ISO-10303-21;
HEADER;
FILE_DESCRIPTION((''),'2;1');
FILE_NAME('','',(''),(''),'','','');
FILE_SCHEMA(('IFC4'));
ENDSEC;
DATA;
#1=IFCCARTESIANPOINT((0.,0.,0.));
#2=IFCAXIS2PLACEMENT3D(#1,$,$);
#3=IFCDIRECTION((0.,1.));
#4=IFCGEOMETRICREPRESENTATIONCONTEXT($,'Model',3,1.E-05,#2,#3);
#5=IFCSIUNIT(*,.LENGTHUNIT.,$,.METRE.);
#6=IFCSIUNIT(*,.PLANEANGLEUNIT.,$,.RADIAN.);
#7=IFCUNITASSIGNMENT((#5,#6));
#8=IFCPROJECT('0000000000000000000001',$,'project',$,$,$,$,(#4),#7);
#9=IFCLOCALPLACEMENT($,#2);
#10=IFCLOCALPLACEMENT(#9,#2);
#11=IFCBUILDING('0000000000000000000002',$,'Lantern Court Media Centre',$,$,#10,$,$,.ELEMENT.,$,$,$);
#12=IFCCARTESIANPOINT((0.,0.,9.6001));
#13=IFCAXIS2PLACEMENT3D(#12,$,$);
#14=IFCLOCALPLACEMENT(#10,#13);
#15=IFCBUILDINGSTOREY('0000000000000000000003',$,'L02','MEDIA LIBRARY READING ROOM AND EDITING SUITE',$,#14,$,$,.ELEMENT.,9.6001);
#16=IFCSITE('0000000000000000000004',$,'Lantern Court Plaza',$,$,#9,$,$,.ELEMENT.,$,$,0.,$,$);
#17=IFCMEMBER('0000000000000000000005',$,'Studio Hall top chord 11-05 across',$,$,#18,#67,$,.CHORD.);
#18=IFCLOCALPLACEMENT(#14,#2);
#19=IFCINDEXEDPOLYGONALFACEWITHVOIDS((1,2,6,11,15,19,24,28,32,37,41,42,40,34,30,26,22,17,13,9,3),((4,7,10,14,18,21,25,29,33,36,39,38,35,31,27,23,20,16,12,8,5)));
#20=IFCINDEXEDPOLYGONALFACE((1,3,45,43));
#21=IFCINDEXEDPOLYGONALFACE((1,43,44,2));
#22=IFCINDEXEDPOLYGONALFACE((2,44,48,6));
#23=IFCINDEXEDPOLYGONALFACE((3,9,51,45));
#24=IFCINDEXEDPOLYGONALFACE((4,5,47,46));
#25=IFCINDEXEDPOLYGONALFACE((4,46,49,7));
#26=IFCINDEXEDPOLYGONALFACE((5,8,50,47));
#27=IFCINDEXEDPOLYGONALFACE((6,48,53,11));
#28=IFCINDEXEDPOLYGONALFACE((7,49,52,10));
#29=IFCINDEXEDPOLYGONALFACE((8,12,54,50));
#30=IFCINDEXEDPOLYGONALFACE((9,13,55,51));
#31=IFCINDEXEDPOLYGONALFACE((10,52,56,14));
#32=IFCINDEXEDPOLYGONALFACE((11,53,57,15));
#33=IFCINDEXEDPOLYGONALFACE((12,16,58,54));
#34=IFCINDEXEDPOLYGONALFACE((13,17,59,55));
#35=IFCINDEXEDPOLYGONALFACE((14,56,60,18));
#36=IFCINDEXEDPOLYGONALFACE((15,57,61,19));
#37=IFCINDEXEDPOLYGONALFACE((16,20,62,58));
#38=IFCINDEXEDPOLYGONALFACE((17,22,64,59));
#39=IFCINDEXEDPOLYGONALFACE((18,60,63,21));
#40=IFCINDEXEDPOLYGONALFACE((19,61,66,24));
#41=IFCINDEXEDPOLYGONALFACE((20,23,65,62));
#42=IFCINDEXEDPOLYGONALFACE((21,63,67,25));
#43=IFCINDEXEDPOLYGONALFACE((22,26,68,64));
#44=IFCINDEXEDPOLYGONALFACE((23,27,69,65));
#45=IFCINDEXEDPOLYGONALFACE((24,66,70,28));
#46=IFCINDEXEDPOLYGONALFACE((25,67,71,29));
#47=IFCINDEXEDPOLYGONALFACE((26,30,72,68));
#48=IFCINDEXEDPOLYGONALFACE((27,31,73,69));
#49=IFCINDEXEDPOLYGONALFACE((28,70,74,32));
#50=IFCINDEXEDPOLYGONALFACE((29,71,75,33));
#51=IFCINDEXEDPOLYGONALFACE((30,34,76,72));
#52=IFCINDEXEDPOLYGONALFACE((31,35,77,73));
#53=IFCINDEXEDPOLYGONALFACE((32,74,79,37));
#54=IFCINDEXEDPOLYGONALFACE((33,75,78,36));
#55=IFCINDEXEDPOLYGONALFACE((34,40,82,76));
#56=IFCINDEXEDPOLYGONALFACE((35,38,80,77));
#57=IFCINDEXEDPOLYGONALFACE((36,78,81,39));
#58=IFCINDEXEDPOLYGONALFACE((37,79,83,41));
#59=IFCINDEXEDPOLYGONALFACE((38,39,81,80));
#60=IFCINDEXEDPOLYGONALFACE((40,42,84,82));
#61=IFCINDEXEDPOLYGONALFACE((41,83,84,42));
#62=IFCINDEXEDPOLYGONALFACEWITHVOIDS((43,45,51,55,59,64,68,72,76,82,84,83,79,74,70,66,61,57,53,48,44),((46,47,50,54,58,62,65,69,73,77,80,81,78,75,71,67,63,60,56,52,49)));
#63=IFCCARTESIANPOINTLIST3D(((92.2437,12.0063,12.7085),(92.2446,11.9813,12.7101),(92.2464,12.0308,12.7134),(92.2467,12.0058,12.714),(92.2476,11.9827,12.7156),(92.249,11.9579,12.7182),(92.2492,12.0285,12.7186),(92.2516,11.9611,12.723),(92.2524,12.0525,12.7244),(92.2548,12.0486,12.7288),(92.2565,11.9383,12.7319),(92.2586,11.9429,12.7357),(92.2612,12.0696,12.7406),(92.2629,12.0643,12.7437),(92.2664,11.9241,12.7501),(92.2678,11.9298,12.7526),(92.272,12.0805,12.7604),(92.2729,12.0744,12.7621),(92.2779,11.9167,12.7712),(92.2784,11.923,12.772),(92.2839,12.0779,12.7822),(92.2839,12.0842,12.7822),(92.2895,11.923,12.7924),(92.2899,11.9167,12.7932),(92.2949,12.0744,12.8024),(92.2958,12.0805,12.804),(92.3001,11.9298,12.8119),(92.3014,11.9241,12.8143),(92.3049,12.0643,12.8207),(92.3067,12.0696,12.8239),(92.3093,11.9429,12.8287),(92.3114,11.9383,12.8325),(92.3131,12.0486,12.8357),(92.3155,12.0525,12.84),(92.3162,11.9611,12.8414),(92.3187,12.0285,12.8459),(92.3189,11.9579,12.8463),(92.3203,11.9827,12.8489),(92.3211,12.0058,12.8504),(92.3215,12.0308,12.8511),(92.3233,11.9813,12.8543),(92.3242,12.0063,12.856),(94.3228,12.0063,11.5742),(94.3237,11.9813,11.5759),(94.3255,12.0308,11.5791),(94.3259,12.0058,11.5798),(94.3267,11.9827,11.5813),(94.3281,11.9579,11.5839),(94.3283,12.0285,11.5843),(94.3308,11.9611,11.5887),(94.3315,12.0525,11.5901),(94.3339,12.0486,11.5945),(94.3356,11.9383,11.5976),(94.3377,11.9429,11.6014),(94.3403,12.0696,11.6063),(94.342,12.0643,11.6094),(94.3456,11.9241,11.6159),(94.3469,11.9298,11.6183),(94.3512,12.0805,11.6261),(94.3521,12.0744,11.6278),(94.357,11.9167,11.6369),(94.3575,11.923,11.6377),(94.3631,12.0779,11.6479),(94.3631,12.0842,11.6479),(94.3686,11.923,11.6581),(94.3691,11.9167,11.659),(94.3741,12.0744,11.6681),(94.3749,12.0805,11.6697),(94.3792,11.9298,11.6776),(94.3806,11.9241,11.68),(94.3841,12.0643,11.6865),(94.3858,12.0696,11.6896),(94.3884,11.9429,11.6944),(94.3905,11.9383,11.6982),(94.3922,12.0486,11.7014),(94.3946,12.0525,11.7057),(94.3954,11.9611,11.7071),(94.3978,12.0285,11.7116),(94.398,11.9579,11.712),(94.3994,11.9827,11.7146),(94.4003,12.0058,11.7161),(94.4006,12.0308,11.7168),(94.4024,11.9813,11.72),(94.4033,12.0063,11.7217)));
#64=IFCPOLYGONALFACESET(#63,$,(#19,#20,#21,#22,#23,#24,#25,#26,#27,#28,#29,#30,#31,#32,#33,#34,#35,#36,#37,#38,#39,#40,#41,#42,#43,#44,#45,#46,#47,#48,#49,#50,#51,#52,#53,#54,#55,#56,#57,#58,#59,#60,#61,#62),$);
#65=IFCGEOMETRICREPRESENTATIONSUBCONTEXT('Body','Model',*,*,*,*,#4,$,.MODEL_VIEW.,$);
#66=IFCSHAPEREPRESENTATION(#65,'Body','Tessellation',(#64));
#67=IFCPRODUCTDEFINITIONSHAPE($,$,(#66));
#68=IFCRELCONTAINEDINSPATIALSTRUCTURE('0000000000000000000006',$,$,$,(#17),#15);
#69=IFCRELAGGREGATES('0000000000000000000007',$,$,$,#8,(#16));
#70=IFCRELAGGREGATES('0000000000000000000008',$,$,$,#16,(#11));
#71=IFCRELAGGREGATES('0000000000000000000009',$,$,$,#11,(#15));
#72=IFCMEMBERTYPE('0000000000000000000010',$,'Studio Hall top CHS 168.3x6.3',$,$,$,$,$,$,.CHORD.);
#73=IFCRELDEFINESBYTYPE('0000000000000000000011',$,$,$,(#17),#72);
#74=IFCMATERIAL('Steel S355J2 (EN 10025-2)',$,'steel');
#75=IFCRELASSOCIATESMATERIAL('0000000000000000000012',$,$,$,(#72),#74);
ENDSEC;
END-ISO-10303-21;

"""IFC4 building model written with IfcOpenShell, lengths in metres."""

from ifc_helpers import new_model, si_unit, direction, frame, origin, origin_2d, place, context, subcontext, project, spatial, hollow_circle, extrude, material, material_profile, profile_set, type_object, element, save


model = new_model("IFC4")

# Units and contexts
model_context = context("Model", 3, precision=1e-05, world=origin(), true_north=direction((0.0, 1.0)))
body_context = subcontext(model_context, "Body", "Model", "MODEL_VIEW")
ifc_project = project(units=[si_unit("LENGTHUNIT", "METRE"), si_unit("PLANEANGLEUNIT", "RADIAN")], contexts=[model_context])

# Site, building, storey
site_placement = place(None, origin())
site = spatial("IfcSite", under=ifc_project, at=site_placement, Name="Lantern Court Plaza", CompositionType="ELEMENT", RefElevation=0.0)
building_placement = place(site_placement, origin())
building = spatial("IfcBuilding", under=site, at=building_placement, Name="Lantern Court Media Centre", CompositionType="ELEMENT")
storey_placement = place(building_placement, frame((0.0, 0.0, 9.6001)))
storey = spatial("IfcBuildingStorey", under=building, at=storey_placement, Name="L02", Description="MEDIA LIBRARY READING ROOM AND EDITING SUITE", CompositionType="ELEMENT", Elevation=9.6001)

# Member
ifc_material = material(Name="Steel S355J2 (EN 10025-2)", Category="steel")
ifc_material_profile_1 = material_profile(ifc_material, hollow_circle(Radius=0.0842, WallThickness=0.0063, at=origin_2d()), Name="Studio Hall top CHS 168.3x6.3")
ifc_profile_set_1 = profile_set([ifc_material_profile_1], Name="Steel S355J2 (EN 10025-2)")
member_type_1 = type_object("IfcMemberType", Name="Studio Hall top CHS 168.3x6.3", PredefinedType="CHORD", material=ifc_profile_set_1)
member_1_placement = place(storey_placement, frame((92.2839, 12.0, 12.7822), z_axis=(0.877856, 0.0, -0.478924), x_axis=(0.0, 1.0, 0.0)))
element("IfcMember", 1, at=member_1_placement, inside=storey, type_object=member_type_1, Name="Studio Hall top chord 11-05 across", PredefinedType="CHORD", context=body_context, shape_type="SweptSolid", body=[
    extrude(hollow_circle(Radius=0.0842, WallThickness=0.0063, at=origin_2d()), origin(), (0.0, 0.0, 1.0), 2.3684),
])

save(model, "model.ifc")
